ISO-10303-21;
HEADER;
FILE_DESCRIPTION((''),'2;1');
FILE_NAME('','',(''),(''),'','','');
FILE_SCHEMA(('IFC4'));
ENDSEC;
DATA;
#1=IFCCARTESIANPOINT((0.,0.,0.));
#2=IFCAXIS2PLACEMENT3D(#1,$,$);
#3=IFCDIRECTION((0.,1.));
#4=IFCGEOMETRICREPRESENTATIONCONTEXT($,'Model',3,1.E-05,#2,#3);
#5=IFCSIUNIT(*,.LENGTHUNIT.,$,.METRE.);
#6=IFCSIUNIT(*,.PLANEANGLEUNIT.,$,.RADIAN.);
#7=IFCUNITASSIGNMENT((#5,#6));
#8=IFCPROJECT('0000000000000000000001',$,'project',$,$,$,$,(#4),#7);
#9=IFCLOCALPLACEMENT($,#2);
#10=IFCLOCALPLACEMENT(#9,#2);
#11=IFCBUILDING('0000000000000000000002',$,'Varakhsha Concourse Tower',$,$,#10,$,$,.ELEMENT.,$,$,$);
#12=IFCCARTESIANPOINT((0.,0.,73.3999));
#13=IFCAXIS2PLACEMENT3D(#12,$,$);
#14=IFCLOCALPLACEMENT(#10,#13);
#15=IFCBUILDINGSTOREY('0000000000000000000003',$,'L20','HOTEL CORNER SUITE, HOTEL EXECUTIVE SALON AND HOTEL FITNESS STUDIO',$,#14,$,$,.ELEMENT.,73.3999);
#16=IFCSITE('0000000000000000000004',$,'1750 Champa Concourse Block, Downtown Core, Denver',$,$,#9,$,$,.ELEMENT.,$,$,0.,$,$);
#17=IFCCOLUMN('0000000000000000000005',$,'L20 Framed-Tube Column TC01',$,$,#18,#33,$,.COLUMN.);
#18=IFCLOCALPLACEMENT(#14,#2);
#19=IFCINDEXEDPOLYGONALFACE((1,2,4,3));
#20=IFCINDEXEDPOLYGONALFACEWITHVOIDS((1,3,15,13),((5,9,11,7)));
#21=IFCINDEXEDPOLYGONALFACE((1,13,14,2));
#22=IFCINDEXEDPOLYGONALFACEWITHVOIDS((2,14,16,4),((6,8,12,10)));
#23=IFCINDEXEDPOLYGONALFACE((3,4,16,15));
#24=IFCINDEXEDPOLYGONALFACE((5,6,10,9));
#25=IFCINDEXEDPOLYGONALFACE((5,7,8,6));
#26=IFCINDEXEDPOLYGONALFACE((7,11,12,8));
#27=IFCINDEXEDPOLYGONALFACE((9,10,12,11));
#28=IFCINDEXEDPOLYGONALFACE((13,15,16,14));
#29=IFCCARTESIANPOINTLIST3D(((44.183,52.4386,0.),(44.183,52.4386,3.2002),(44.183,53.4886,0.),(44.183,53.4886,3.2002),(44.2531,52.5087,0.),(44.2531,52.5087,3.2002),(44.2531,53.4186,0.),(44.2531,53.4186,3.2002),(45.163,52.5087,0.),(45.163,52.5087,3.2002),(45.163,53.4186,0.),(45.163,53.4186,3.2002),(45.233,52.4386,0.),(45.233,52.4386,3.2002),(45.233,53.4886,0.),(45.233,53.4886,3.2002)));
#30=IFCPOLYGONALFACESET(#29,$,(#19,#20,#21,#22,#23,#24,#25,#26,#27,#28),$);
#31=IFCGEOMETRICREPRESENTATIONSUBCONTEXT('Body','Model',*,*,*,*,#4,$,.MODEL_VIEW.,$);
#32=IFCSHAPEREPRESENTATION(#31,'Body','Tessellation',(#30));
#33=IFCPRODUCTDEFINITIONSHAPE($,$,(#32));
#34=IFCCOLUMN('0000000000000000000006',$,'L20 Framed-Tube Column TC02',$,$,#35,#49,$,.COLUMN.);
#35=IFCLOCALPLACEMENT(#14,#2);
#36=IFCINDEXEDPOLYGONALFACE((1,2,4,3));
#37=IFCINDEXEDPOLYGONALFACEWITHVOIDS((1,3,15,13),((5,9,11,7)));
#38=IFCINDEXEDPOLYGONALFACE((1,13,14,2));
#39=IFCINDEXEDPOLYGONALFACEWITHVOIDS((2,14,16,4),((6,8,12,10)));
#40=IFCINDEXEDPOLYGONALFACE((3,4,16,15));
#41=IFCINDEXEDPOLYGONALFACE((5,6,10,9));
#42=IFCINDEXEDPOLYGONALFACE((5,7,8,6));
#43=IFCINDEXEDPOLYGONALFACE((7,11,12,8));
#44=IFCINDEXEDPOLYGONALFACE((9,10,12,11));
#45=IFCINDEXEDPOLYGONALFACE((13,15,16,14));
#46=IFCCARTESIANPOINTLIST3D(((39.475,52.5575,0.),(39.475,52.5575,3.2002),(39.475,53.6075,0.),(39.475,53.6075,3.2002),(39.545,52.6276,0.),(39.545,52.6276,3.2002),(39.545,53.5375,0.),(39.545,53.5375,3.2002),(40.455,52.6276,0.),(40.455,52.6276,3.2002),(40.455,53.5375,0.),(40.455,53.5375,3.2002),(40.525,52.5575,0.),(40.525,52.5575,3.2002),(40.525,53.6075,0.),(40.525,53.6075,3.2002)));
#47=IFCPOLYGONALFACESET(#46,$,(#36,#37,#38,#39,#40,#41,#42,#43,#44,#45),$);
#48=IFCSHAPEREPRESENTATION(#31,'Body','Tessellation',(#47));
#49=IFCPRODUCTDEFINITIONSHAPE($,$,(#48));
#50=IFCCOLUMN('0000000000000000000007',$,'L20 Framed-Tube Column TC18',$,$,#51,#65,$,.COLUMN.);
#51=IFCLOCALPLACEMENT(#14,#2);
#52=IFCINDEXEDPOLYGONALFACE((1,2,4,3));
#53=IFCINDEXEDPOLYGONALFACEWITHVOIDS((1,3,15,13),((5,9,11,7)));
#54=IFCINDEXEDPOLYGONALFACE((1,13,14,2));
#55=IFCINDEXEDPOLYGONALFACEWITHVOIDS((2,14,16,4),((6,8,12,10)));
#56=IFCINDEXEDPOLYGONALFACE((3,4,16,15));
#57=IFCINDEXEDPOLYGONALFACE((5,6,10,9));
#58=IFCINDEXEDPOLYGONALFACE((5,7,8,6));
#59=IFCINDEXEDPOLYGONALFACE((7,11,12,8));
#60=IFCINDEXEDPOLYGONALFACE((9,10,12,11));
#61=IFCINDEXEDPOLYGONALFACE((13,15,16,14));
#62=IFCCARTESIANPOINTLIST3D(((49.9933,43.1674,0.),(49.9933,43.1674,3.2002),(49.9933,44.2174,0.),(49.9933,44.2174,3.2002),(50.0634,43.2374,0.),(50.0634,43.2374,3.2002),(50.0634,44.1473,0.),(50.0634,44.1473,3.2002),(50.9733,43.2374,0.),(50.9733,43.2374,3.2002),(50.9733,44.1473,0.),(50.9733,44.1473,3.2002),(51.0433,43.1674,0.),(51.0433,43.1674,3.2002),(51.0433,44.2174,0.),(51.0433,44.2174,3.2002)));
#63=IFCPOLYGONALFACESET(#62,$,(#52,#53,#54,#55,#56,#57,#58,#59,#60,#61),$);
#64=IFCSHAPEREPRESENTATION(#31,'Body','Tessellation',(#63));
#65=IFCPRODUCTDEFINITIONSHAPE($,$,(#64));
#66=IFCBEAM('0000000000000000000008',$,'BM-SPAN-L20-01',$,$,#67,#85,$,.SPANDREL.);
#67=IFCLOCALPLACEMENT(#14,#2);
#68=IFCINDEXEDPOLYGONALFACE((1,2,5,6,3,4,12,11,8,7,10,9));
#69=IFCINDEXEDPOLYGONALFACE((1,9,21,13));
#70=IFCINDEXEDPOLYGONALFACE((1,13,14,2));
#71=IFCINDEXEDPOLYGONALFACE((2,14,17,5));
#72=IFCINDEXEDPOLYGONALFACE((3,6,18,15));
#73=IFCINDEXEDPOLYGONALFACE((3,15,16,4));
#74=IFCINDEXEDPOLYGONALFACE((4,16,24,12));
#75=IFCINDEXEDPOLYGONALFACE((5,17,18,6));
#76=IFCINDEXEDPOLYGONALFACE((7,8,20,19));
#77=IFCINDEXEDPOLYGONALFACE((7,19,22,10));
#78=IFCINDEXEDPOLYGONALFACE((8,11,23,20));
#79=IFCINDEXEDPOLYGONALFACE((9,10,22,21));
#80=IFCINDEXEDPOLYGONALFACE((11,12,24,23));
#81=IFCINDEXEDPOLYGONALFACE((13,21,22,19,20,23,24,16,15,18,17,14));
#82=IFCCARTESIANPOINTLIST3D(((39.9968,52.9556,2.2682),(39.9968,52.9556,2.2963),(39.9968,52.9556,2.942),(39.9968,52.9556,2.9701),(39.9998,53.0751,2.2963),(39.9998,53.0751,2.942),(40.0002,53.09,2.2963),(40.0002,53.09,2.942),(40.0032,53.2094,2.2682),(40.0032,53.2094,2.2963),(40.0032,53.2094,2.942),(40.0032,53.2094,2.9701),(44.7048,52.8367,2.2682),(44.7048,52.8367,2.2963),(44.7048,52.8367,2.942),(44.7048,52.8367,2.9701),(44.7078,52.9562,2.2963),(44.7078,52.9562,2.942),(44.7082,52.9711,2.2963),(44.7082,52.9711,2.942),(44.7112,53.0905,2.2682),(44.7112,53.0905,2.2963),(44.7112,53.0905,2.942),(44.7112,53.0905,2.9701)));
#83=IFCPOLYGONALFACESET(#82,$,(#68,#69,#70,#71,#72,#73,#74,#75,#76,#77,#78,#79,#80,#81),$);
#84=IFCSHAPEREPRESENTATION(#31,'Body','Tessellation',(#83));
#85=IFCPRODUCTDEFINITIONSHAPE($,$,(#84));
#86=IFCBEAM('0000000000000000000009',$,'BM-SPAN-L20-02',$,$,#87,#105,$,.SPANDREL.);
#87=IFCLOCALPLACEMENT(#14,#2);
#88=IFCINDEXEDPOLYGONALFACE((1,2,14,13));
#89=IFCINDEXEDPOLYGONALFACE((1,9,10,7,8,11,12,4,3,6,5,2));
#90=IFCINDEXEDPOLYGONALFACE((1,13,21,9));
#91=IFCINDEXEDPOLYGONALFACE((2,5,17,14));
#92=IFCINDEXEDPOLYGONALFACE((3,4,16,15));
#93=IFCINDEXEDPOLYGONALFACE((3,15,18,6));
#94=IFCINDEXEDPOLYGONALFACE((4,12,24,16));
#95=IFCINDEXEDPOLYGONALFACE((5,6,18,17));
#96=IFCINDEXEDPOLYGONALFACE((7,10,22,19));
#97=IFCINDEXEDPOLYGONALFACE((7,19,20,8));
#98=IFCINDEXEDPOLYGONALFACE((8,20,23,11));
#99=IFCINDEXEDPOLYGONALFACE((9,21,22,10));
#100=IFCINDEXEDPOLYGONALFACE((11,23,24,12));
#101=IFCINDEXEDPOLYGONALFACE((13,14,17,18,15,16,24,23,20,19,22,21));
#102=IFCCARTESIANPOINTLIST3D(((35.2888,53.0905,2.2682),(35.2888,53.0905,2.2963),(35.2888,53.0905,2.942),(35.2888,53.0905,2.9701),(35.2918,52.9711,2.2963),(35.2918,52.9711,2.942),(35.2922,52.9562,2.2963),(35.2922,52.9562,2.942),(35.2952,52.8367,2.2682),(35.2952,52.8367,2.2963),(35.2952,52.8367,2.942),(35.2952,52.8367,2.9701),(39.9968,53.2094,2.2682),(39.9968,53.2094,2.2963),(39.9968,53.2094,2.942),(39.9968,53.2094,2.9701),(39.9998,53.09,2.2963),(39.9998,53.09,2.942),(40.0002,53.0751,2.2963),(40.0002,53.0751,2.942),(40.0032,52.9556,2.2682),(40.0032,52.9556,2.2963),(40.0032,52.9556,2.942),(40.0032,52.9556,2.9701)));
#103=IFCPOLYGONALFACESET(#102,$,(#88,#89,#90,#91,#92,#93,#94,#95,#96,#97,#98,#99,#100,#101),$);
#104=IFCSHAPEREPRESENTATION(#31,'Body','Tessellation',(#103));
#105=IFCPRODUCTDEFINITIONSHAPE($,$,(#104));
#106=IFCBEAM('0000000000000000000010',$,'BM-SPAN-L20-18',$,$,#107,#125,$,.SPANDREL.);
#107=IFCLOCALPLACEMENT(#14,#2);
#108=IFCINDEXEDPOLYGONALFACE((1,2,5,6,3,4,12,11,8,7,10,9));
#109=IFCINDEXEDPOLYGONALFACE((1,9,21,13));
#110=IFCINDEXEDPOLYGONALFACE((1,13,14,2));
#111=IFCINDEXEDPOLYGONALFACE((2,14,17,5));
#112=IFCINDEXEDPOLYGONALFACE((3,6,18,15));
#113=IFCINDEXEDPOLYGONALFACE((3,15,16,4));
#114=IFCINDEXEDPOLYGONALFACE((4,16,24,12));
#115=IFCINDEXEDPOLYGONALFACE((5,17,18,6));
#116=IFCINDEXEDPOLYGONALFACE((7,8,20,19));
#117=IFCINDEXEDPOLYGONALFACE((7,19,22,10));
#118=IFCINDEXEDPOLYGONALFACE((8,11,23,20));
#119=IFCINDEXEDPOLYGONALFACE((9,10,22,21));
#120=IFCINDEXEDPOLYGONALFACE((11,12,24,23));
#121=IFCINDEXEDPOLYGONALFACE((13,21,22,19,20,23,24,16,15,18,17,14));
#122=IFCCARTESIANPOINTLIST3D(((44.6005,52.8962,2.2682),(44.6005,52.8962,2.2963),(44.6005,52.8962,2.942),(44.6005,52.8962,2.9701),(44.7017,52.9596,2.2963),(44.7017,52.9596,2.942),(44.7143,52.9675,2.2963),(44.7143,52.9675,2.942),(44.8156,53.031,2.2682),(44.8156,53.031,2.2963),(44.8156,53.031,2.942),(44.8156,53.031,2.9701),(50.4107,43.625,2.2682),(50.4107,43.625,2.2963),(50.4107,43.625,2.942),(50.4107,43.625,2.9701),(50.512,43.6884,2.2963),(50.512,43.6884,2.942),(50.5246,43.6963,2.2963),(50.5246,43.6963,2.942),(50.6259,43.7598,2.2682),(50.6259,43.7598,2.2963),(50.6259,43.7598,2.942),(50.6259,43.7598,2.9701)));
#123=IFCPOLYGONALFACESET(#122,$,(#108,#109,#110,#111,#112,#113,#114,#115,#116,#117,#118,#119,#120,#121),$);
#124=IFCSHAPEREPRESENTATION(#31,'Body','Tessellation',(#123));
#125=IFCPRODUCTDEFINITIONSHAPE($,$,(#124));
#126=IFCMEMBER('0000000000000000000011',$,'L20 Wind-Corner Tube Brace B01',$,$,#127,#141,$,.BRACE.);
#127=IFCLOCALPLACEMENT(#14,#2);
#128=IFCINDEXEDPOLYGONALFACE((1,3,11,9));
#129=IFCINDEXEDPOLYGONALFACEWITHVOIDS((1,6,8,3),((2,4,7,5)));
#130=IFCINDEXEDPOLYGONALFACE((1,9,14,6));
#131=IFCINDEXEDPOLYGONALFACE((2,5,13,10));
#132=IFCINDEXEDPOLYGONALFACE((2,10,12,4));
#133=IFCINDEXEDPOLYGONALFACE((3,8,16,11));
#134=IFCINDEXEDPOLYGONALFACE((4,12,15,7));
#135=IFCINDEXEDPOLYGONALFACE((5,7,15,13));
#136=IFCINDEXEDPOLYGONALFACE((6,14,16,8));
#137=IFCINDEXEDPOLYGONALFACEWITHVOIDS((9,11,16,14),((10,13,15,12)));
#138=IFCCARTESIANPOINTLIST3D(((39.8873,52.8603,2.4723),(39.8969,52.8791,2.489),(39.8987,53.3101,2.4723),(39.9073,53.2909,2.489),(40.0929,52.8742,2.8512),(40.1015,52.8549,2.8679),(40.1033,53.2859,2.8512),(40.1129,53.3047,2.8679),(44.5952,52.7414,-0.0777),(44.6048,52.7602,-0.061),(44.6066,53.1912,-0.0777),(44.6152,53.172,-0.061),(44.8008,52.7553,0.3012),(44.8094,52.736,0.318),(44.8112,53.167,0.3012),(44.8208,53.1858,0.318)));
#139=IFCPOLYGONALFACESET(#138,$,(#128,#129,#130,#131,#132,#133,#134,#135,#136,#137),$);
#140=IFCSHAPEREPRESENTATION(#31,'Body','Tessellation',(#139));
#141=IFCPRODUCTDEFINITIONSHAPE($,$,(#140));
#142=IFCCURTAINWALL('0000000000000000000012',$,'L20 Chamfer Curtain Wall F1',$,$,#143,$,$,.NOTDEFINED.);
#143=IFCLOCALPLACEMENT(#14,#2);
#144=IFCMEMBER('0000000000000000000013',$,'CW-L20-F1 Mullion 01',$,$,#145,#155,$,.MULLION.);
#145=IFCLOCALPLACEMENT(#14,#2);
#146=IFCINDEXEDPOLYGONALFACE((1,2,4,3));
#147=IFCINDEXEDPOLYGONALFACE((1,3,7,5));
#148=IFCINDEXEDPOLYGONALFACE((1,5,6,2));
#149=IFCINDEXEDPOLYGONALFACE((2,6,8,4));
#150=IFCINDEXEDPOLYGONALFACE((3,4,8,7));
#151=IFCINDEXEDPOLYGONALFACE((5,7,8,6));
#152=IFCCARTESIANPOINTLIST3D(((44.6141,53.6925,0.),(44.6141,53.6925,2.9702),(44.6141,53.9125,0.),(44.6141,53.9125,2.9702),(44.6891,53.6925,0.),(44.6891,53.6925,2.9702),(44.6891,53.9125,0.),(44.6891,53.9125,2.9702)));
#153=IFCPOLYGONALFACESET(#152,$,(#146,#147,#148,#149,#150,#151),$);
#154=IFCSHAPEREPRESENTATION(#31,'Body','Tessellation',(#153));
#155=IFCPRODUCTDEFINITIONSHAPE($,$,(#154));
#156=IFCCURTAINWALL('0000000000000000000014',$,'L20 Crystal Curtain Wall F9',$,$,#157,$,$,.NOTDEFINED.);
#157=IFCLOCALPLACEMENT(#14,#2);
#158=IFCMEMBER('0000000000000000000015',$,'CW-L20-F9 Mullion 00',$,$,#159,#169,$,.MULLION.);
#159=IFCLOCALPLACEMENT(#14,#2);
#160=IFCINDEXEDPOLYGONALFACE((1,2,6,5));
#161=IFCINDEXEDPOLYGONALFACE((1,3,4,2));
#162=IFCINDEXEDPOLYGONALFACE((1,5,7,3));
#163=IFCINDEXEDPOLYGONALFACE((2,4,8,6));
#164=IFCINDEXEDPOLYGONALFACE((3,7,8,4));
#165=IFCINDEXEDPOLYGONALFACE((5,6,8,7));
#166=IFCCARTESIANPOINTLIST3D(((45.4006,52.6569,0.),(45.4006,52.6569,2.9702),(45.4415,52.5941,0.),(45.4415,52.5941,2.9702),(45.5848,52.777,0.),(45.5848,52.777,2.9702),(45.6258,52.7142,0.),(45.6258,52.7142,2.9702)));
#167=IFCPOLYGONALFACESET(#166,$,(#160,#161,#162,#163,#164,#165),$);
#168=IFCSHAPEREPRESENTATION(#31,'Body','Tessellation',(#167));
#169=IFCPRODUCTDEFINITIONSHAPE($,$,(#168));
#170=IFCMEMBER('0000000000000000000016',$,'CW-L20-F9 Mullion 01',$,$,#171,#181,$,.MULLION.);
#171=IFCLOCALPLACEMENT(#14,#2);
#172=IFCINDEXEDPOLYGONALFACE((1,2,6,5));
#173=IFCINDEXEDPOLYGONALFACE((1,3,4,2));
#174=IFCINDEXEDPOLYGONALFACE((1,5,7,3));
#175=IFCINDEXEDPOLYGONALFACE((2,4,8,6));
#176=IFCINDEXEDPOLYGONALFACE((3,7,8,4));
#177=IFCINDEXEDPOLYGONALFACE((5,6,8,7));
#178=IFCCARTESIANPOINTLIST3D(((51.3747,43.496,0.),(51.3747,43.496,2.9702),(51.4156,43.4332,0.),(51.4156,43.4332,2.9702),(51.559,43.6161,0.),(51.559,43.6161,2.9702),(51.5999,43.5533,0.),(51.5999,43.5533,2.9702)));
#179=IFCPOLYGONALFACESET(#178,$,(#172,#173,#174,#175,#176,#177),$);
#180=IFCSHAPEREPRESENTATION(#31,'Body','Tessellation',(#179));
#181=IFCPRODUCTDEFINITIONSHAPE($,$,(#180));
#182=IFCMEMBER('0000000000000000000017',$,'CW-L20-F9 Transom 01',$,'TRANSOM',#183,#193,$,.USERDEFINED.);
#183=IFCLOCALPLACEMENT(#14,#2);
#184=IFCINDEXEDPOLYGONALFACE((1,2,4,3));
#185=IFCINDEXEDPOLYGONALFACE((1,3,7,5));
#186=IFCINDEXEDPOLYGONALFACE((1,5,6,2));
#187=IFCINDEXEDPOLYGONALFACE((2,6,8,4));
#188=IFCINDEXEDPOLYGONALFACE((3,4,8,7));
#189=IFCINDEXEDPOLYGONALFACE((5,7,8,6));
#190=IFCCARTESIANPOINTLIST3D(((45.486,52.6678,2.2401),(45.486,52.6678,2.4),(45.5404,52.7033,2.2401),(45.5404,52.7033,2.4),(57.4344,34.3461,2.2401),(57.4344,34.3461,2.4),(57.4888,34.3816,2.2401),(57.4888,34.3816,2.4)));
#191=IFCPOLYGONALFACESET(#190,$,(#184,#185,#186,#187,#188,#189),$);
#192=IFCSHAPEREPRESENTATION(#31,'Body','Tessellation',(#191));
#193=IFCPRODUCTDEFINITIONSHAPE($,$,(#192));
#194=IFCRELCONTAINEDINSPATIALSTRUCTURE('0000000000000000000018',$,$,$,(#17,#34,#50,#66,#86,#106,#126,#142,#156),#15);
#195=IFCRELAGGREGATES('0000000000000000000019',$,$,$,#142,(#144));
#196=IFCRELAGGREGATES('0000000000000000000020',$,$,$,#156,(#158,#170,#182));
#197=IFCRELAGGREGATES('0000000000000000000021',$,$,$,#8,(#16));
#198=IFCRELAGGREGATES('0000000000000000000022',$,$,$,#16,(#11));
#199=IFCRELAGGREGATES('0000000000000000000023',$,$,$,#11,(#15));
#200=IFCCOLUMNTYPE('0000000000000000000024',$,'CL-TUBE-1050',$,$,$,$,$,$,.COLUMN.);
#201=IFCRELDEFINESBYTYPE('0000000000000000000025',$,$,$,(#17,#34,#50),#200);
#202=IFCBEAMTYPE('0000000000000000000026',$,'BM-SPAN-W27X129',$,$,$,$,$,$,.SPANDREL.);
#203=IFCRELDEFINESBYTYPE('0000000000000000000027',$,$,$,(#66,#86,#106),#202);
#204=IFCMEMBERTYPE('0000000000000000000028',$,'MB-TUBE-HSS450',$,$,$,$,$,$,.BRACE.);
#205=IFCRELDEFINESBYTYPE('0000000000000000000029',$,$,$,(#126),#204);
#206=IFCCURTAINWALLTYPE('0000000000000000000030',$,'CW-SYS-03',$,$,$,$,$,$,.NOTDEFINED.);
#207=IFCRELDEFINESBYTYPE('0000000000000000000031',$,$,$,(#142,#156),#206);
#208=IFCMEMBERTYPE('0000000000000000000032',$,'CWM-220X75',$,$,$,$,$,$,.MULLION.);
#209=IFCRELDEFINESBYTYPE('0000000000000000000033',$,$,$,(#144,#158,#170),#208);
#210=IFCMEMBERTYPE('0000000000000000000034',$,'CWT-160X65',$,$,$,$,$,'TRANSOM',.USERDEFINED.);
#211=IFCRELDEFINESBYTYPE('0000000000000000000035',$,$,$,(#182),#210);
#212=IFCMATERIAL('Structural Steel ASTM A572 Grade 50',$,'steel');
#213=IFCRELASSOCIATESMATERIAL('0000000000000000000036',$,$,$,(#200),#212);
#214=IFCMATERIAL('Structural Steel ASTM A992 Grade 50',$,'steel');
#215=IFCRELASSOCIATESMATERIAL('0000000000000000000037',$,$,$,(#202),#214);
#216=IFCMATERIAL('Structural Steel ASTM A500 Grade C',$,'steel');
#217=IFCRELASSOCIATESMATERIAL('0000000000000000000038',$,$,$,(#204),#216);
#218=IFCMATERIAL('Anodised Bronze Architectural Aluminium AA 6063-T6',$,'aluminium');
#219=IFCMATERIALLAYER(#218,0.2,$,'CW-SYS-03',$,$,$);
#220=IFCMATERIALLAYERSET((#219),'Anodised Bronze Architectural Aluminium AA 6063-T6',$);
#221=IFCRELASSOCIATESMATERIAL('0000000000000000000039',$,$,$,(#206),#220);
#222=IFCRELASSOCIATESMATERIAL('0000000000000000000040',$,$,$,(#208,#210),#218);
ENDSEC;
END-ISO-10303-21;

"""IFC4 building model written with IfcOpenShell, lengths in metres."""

from ifc_helpers import new_model, si_unit, direction, frame, origin, origin_2d, place, context, subcontext, project, spatial, rectangle, hollow_rectangle, i_section, extrude, source, transform, mapped, material, layer, layer_set, material_profile, profile_set, type_object, type_shapes, element, aggregate, save


model = new_model("IFC4")

# Units and contexts
model_context = context("Model", 3, precision=1e-05, world=origin(), true_north=direction((0.0, 1.0)))
body_context = subcontext(model_context, "Body", "Model", "MODEL_VIEW")
ifc_project = project(units=[si_unit("LENGTHUNIT", "METRE"), si_unit("PLANEANGLEUNIT", "RADIAN")], contexts=[model_context])

# Site, building, storey
site_placement = place(None, origin())
site = spatial("IfcSite", under=ifc_project, at=site_placement, Name="1750 Champa Concourse Block, Downtown Core, Denver", CompositionType="ELEMENT", RefElevation=0.0)
building_placement = place(site_placement, origin())
building = spatial("IfcBuilding", under=site, at=building_placement, Name="Varakhsha Concourse Tower", CompositionType="ELEMENT")
storey_placement = place(building_placement, frame((0.0, 0.0, 73.3999)))
storey = spatial("IfcBuildingStorey", under=building, at=storey_placement, Name="L20", Description="HOTEL CORNER SUITE, HOTEL EXECUTIVE SALON AND HOTEL FITNESS STUDIO", CompositionType="ELEMENT", Elevation=73.3999)

# Columns
ifc_material_1 = material(Name="Structural Steel ASTM A572 Grade 50", Category="steel")
ifc_material_profile_1 = material_profile(ifc_material_1, hollow_rectangle(XDim=1.05, YDim=1.05, WallThickness=0.0701, at=origin_2d()), Name="BOX 1050x1050x70")
ifc_profile_set_1 = profile_set([ifc_material_profile_1], Name="Structural Steel ASTM A572 Grade 50")
column_type = type_object("IfcColumnType", Name="CL-TUBE-1050", PredefinedType="COLUMN", material=ifc_profile_set_1)
for number, where, z_axis, x_axis, name in (
    (1, (44.708, 52.9636, 0.0), (0.0, 0.0, 1.0), (1.0, 0.0, 0.0), "L20 Framed-Tube Column TC01"),
    (2, (40.0, 53.0825, 0.0), (0.0, 0.0, 1.0), (1.0, 0.0, 0.0), "L20 Framed-Tube Column TC02"),
    (3, (50.5183, 43.6924, 0.0), (0.0, 0.0, 1.0), (1.0, 0.0, 0.0), "L20 Framed-Tube Column TC18"),
):
    element("IfcColumn", number, at=place(storey_placement, frame(where, z_axis=z_axis, x_axis=x_axis)), inside=storey, type_object=column_type, Name=name, PredefinedType="COLUMN", context=body_context, shape_type="SweptSolid", body=[
        extrude(hollow_rectangle(XDim=1.05, YDim=1.05, WallThickness=0.0701, at=origin_2d()), origin(), (0.0, 0.0, 1.0), 3.2002),
    ])

# Beams
ifc_material_2 = material(Name="Structural Steel ASTM A992 Grade 50", Category="steel")
ifc_material_profile_2 = material_profile(ifc_material_2, i_section(OverallWidth=0.2539, OverallDepth=0.7019, WebThickness=0.0149, FlangeThickness=0.0281, at=origin_2d()), Name="W27X129")
ifc_profile_set_2 = profile_set([ifc_material_profile_2], Name="Structural Steel ASTM A992 Grade 50")
beam_type = type_object("IfcBeamType", Name="BM-SPAN-W27X129", PredefinedType="SPANDREL", material=ifc_profile_set_2)
for number, where, z_axis, x_axis, name in (
    (4, (44.708, 52.9636, 2.6191), (-0.999681, 0.025246, 0.0), (-0.025246, -0.999681, 0.0), "BM-SPAN-L20-01"),
    (5, (40.0, 53.0825, 2.6191), (-0.999681, -0.025246, 0.0), (0.025246, -0.999681, 0.0), "BM-SPAN-L20-02"),
):
    element("IfcBeam", number, at=place(storey_placement, frame(where, z_axis=z_axis, x_axis=x_axis)), inside=storey, type_object=beam_type, Name=name, PredefinedType="SPANDREL", context=body_context, shape_type="SweptSolid", body=[
        extrude(i_section(OverallWidth=0.2539, OverallDepth=0.7019, WebThickness=0.0149, FlangeThickness=0.0281, at=origin_2d()), origin(), (0.0, 0.0, 1.0), 4.7095),
    ])
beam_placement = place(storey_placement, frame((50.5183, 43.6924, 2.6191), z_axis=(-0.531035, 0.84735, 0.0), x_axis=(-0.84735, -0.531035, 0.0)))
element("IfcBeam", 6, at=beam_placement, inside=storey, type_object=beam_type, Name="BM-SPAN-L20-18", PredefinedType="SPANDREL", context=body_context, shape_type="SweptSolid", body=[
    extrude(i_section(OverallWidth=0.2539, OverallDepth=0.7019, WebThickness=0.0149, FlangeThickness=0.0281, at=origin_2d()), origin(), (0.0, 0.0, 1.0), 10.9414),
])

# Member
ifc_material_3 = material(Name="Structural Steel ASTM A500 Grade C", Category="steel")
ifc_material_profile_3 = material_profile(ifc_material_3, hollow_rectangle(XDim=0.45, YDim=0.45, WallThickness=0.019, at=origin_2d()), Name="HSS 450x450x19")
ifc_profile_set_3 = profile_set([ifc_material_profile_3], Name="Structural Steel ASTM A500 Grade C")
member_type_1 = type_object("IfcMemberType", Name="MB-TUBE-HSS450", PredefinedType="BRACE", material=ifc_profile_set_3)
shared_shape_1 = source(origin(), body_context, "Body", "SweptSolid", [
    extrude(hollow_rectangle(XDim=0.45, YDim=0.45, WallThickness=0.019, at=origin_2d()), origin(), (0.0, 0.0, 1.0), 5.3555),
])
type_shapes(member_type_1, [shared_shape_1])
member_1_placement = place(storey_placement, frame((44.708, 52.9636, 0.1201), z_axis=(-0.879085, 0.0222, 0.476148), x_axis=(-0.025246, -0.999681, 0.0)))
element("IfcMember", 7, at=member_1_placement, inside=storey, type_object=member_type_1, Name="L20 Wind-Corner Tube Brace B01", PredefinedType="BRACE", context=body_context, shape_type="MappedRepresentation", body=[
    mapped(shared_shape_1, transform((0.0, 0.0, 0.0), scale=1.0)),
])

# Curtain wall, member
ifc_material_4 = material(Name="Anodised Bronze Architectural Aluminium AA 6063-T6", Category="aluminium")
ifc_layer_1 = layer(ifc_material_4, 0.2, Name="CW-SYS-03")
ifc_layer_set_1 = layer_set([ifc_layer_1], Name="Anodised Bronze Architectural Aluminium AA 6063-T6")
curtain_wall_type = type_object("IfcCurtainWallType", Name="CW-SYS-03", PredefinedType="NOTDEFINED", material=ifc_layer_set_1)
curtain_wall_1_placement = place(storey_placement, origin())
curtain_wall_1 = element("IfcCurtainWall", 8, at=curtain_wall_1_placement, inside=storey, type_object=curtain_wall_type, Name="L20 Chamfer Curtain Wall F1", PredefinedType="NOTDEFINED")
ifc_material_profile_4 = material_profile(ifc_material_4, rectangle(XDim=0.075, YDim=0.22, at=origin_2d()), Name="CWM-220X75")
ifc_profile_set_4 = profile_set([ifc_material_profile_4], Name="Anodised Bronze Architectural Aluminium AA 6063-T6")
member_type_2 = type_object("IfcMemberType", Name="CWM-220X75", PredefinedType="MULLION", material=ifc_profile_set_4)
shared_shape_2 = source(origin(), body_context, "Body", "SweptSolid", [
    extrude(rectangle(XDim=0.075, YDim=0.22, at=origin_2d()), origin(), (0.0, 0.0, 1.0), 2.9702),
])
type_shapes(member_type_2, [shared_shape_2])
member_2_placement = place(storey_placement, frame((44.6516, 53.8025, 0.0), z_axis=(0.0, 0.0, 1.0), x_axis=(1.0, 0.0, 0.0)))
member_2 = element("IfcMember", 9, at=member_2_placement, type_object=member_type_2, Name="CW-L20-F1 Mullion 01", PredefinedType="MULLION", context=body_context, shape_type="MappedRepresentation", body=[
    mapped(shared_shape_2, transform((0.0, 0.0, 0.0), scale=1.0)),
])

# Curtain wall, members
curtain_wall_2_placement = place(storey_placement, origin())
curtain_wall_2 = element("IfcCurtainWall", 10, at=curtain_wall_2_placement, inside=storey, type_object=curtain_wall_type, Name="L20 Crystal Curtain Wall F9", PredefinedType="NOTDEFINED")
member_3_placement = place(storey_placement, frame((45.5132, 52.6855, 0.0), z_axis=(0.0, 0.0, 1.0), x_axis=(0.54625, -0.837622, 0.0)))
member_3 = element("IfcMember", 11, at=member_3_placement, type_object=member_type_2, Name="CW-L20-F9 Mullion 00", PredefinedType="MULLION", context=body_context, shape_type="MappedRepresentation", body=[
    mapped(shared_shape_2, transform((0.0, 0.0, 0.0), scale=1.0)),
])
member_4_placement = place(storey_placement, frame((51.4873, 43.5247, 0.0), z_axis=(0.0, 0.0, 1.0), x_axis=(0.54625, -0.837622, 0.0)))
member_4 = element("IfcMember", 12, at=member_4_placement, type_object=member_type_2, Name="CW-L20-F9 Mullion 01", PredefinedType="MULLION", context=body_context, shape_type="MappedRepresentation", body=[
    mapped(shared_shape_2, transform((0.0, 0.0, 0.0), scale=1.0)),
])
ifc_material_profile_5 = material_profile(ifc_material_4, rectangle(XDim=0.0649, YDim=0.1599, at=origin_2d()), Name="CWT-160X65")
ifc_profile_set_5 = profile_set([ifc_material_profile_5], Name="Anodised Bronze Architectural Aluminium AA 6063-T6")
member_type_3 = type_object("IfcMemberType", Name="CWT-160X65", ElementType="TRANSOM", PredefinedType="USERDEFINED", material=ifc_profile_set_5)
shared_shape_3 = source(origin(), body_context, "Body", "SweptSolid", [
    extrude(rectangle(XDim=0.0649, YDim=0.1599, at=origin_2d()), origin(), (0.0, 0.0, 1.0), 21.8735),
])
type_shapes(member_type_3, [shared_shape_3])
member_5_placement = place(storey_placement, frame((45.5132, 52.6855, 2.3201), z_axis=(0.546252, -0.837621, 0.0), x_axis=(0.837621, 0.546252, 0.0)))
member_5 = element("IfcMember", 13, at=member_5_placement, type_object=member_type_3, Name="CW-L20-F9 Transom 01", ObjectType="TRANSOM", PredefinedType="USERDEFINED", context=body_context, shape_type="MappedRepresentation", body=[
    mapped(shared_shape_3, transform((0.0, 0.0, 0.0), scale=1.0)),
])

aggregate(curtain_wall_1, [member_2])
aggregate(curtain_wall_2, [member_3, member_4, member_5])

save(model, "model.ifc")
